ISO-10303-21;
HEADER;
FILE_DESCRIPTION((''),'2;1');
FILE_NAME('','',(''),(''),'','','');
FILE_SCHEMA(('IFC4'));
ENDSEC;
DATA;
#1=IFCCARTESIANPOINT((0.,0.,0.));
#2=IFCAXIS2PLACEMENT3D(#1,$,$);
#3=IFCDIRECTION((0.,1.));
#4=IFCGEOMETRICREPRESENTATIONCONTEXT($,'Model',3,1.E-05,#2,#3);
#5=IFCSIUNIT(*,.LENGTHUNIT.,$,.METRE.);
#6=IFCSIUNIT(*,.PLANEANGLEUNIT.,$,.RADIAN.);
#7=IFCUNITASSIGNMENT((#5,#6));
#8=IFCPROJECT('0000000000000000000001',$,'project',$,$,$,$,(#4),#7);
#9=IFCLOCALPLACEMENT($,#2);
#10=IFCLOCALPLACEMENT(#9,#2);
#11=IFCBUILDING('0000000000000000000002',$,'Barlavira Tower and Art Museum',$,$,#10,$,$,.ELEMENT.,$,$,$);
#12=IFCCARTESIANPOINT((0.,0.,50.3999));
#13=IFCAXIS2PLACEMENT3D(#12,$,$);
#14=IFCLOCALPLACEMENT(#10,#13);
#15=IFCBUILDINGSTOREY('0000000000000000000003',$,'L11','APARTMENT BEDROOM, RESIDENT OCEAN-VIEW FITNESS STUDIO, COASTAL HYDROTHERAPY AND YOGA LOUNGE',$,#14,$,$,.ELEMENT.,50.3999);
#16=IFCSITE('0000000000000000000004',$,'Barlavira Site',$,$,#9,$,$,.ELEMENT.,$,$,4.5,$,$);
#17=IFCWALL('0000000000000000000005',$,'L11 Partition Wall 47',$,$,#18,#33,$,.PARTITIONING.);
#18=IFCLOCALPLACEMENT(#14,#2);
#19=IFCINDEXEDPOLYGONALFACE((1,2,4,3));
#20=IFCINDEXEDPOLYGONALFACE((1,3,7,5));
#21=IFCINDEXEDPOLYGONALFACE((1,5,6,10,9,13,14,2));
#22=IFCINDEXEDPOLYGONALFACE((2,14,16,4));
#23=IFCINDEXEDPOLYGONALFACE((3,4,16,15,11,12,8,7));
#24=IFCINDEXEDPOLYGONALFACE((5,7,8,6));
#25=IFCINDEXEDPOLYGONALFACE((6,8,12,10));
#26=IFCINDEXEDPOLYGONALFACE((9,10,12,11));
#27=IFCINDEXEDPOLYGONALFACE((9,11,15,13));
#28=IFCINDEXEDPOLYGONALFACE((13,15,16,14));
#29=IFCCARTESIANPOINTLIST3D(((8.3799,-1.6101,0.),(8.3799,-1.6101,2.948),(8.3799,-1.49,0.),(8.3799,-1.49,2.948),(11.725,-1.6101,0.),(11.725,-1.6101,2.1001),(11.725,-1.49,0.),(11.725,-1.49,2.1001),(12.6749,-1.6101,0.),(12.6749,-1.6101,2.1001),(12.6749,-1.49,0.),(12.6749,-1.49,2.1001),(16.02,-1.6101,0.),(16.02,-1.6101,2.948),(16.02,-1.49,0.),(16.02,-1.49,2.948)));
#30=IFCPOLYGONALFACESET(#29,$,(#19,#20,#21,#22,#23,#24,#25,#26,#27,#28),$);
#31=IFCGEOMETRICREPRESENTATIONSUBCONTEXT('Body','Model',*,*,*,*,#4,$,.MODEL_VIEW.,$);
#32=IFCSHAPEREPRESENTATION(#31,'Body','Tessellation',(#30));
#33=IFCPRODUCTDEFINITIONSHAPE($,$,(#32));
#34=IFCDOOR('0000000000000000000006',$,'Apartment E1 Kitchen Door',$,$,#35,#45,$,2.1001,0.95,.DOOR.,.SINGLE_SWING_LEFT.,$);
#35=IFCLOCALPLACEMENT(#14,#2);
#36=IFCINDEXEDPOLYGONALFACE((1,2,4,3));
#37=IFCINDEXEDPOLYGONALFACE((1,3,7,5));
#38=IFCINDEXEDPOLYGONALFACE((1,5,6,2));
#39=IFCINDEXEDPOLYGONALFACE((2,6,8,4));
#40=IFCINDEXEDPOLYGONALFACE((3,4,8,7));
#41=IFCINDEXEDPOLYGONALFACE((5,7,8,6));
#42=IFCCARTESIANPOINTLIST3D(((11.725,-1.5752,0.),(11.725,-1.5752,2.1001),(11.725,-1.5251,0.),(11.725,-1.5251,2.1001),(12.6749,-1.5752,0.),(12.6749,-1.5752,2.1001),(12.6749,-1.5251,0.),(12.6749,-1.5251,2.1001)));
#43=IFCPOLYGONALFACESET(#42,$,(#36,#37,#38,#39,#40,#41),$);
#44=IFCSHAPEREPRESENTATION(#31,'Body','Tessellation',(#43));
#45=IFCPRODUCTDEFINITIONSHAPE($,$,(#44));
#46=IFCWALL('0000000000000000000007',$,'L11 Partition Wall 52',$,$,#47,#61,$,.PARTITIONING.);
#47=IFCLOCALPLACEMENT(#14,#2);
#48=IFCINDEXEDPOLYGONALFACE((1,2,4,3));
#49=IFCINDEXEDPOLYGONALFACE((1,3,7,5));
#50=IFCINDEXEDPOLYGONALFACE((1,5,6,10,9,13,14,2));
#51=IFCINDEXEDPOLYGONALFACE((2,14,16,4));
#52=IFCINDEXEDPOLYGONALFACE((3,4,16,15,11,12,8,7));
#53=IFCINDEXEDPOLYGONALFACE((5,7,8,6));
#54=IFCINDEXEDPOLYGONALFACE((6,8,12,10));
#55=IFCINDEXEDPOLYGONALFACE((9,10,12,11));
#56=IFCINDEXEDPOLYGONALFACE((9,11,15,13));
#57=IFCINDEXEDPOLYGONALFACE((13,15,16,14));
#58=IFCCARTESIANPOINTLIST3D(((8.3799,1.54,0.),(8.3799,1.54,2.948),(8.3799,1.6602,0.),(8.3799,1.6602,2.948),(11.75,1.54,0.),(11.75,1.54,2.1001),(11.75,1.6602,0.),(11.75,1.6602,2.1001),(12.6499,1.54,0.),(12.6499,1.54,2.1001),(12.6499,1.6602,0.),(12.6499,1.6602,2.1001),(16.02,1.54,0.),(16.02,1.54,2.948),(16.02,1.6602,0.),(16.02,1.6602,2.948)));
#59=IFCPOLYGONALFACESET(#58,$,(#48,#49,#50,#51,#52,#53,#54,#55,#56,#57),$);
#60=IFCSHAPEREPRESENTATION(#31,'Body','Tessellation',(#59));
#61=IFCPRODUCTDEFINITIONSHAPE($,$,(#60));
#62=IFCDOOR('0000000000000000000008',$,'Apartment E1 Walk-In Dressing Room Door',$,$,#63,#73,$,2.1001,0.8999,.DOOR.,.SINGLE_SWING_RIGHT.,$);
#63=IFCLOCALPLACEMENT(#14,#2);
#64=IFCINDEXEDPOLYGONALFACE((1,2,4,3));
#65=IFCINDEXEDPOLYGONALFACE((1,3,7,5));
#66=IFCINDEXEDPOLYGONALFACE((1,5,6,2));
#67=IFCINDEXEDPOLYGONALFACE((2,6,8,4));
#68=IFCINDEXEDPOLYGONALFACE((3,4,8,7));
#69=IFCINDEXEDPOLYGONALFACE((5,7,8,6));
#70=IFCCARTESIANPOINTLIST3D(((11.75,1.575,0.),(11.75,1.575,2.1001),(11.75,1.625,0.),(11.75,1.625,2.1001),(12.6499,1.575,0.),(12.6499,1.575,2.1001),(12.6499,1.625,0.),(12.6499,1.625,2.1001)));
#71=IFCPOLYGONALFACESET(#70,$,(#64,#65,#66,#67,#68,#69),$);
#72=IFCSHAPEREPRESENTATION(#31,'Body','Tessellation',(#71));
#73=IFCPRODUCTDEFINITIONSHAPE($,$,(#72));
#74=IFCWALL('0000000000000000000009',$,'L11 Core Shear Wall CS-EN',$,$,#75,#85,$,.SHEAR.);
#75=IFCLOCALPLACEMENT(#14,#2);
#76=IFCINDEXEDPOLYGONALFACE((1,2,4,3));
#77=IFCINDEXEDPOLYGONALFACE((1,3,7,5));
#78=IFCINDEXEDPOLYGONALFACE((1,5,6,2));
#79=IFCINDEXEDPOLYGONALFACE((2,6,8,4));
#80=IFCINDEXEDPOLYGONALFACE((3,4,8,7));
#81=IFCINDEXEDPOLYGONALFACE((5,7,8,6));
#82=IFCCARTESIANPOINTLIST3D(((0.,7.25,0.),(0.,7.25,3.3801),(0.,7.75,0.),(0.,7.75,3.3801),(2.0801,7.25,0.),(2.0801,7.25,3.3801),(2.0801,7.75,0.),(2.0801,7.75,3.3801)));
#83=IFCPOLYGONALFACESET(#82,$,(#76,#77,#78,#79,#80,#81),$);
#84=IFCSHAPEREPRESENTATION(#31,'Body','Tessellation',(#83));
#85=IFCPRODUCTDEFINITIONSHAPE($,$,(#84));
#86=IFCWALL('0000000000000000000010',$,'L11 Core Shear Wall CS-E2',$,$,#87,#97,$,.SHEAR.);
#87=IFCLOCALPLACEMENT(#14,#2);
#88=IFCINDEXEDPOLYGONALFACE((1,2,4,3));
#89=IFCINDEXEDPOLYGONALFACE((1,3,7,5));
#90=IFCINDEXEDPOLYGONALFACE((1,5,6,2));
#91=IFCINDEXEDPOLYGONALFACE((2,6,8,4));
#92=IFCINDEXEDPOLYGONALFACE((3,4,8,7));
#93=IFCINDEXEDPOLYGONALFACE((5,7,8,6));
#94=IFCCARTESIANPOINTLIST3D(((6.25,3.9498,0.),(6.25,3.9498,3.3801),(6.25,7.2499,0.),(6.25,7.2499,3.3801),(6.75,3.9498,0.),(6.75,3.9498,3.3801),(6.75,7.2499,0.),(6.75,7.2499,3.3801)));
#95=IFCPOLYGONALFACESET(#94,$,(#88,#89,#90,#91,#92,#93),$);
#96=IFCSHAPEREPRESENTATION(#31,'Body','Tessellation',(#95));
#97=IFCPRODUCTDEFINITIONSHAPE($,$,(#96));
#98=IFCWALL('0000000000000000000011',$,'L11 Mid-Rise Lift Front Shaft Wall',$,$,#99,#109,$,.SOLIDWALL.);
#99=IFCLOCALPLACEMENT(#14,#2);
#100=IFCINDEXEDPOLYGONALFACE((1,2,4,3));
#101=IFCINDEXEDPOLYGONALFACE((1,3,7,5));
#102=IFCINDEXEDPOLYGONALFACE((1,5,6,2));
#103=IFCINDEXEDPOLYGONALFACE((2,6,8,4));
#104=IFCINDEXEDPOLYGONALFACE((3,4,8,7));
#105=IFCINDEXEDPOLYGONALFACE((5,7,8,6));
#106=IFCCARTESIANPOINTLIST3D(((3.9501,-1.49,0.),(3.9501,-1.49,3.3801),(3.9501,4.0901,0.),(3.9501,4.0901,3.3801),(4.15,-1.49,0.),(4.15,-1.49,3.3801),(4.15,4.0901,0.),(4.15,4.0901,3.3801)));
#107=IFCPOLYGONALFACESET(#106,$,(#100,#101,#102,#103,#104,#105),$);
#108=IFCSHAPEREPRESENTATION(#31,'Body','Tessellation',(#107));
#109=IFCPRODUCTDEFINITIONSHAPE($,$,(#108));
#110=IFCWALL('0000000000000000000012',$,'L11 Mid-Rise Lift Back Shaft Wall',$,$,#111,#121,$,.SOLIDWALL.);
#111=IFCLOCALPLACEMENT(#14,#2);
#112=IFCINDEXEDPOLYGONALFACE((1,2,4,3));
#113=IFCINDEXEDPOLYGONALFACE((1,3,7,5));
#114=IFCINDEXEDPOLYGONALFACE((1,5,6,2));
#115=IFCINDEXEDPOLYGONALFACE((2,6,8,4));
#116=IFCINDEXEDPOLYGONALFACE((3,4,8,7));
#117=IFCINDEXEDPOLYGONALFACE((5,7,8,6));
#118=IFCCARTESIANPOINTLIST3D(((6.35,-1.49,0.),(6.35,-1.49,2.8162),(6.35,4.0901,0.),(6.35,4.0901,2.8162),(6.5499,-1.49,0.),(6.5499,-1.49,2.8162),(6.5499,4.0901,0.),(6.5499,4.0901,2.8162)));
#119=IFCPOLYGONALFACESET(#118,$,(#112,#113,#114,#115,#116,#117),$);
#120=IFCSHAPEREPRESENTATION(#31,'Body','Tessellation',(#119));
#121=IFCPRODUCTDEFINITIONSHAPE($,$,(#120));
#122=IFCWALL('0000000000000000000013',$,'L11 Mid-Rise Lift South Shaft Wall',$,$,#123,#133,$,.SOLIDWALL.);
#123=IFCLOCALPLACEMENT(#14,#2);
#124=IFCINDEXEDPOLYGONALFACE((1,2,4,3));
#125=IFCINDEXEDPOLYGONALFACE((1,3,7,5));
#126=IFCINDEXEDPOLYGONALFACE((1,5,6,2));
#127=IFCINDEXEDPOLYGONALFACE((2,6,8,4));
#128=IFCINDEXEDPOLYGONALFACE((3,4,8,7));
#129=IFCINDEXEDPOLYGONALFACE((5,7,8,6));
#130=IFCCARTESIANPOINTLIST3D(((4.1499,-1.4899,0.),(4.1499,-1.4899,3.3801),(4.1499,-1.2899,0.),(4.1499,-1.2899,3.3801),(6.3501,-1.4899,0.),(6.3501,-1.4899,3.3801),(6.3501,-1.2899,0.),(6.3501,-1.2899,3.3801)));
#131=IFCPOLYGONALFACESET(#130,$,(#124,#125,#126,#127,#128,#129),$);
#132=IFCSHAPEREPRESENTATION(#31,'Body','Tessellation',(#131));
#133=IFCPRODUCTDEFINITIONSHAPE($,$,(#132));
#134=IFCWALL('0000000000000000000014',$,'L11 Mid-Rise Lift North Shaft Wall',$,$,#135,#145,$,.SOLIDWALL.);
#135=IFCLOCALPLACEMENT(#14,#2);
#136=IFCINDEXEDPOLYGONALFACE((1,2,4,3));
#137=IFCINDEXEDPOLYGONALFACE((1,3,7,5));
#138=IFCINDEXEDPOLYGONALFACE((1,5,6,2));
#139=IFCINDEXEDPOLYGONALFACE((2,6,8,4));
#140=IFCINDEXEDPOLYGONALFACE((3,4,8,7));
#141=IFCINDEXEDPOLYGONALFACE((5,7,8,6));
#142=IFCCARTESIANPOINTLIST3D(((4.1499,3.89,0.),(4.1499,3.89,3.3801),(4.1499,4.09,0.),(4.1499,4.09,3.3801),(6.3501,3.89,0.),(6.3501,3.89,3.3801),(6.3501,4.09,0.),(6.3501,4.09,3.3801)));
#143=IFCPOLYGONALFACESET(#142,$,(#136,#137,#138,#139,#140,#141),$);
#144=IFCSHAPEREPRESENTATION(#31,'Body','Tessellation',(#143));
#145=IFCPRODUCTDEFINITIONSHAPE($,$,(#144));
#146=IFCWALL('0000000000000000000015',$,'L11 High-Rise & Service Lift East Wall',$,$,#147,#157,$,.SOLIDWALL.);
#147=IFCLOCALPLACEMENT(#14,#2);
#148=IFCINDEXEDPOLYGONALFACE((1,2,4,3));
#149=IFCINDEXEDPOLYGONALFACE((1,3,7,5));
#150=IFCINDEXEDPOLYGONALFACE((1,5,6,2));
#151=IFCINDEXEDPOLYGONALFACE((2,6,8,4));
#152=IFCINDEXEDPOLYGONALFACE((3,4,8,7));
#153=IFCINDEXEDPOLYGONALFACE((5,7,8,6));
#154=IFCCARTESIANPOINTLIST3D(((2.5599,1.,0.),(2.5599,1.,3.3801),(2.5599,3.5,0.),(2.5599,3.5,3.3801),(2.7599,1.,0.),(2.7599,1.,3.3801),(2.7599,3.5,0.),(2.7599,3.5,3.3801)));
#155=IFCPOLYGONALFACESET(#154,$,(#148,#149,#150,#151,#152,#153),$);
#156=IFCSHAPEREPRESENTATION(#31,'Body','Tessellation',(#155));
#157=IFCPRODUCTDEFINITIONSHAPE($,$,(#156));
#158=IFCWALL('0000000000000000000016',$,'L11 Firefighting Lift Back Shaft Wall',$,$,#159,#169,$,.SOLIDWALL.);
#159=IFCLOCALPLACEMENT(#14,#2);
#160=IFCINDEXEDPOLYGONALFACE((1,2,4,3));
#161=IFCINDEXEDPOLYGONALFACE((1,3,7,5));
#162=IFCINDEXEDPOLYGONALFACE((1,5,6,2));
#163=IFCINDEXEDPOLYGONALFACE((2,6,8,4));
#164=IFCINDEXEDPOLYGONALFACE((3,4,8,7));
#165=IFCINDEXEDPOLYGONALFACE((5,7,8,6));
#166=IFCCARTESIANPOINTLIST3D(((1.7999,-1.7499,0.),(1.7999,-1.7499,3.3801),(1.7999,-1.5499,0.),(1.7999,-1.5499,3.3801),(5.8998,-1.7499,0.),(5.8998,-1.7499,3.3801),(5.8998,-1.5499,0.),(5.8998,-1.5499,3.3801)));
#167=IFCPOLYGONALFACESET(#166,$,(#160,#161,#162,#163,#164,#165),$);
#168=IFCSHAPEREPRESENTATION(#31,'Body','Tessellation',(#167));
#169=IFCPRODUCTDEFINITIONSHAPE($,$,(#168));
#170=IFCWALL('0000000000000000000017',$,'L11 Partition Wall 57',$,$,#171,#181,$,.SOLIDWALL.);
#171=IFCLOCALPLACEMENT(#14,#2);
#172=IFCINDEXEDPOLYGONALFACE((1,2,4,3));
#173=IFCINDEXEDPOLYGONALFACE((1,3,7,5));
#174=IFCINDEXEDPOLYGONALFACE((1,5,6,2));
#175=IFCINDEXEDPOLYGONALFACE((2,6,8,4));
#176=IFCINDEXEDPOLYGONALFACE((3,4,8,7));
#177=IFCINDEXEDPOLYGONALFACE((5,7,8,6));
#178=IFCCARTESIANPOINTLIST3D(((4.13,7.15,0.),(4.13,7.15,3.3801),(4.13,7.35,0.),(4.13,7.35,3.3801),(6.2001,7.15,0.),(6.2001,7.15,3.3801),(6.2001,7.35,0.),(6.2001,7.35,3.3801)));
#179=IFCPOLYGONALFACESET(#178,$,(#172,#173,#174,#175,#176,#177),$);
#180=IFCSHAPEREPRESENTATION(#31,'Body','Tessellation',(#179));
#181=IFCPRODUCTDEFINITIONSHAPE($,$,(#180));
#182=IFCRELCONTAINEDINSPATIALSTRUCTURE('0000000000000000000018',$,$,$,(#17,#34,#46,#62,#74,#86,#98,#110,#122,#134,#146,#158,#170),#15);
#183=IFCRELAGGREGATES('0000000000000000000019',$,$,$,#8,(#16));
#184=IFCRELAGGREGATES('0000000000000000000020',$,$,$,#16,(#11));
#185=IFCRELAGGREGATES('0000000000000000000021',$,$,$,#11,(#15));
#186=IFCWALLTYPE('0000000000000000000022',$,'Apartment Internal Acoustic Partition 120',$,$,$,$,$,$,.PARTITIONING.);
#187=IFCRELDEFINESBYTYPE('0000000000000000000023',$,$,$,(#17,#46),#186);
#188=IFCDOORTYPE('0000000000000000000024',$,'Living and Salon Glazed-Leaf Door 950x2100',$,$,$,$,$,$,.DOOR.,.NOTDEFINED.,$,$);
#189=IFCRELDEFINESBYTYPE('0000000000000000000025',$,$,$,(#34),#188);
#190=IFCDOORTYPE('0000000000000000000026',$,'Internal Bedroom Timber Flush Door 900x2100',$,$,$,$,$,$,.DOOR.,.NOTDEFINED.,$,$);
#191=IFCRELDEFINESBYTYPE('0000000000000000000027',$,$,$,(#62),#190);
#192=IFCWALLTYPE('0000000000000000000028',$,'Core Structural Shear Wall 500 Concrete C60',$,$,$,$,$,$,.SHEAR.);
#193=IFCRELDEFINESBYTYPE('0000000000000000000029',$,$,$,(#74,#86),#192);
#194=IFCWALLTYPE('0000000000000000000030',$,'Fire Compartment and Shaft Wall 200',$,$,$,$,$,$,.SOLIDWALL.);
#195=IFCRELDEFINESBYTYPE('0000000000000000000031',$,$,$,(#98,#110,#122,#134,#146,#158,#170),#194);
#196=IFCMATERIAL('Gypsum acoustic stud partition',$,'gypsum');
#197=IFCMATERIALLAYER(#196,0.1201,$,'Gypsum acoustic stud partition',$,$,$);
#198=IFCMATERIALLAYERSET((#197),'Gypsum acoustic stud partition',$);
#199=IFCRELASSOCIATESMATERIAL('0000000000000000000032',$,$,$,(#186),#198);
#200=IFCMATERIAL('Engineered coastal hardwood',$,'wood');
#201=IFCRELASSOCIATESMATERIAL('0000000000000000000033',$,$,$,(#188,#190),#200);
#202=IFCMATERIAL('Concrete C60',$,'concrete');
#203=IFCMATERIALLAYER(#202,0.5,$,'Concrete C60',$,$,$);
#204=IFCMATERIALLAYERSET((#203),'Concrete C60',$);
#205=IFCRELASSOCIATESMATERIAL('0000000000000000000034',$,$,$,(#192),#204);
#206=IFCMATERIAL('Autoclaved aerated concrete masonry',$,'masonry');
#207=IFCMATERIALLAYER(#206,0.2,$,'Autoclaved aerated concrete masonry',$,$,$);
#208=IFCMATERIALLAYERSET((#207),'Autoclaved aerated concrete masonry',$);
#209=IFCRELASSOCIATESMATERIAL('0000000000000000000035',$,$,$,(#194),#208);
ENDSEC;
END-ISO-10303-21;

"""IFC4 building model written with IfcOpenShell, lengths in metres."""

from ifc_helpers import new_model, si_unit, direction, frame, frame_2d, origin, place, context, subcontext, project, spatial, rectangle, extrude, material, layer, layer_set, type_object, element, fill, save


model = new_model("IFC4")

# Units and contexts
model_context = context("Model", 3, precision=1e-05, world=origin(), true_north=direction((0.0, 1.0)))
body_context = subcontext(model_context, "Body", "Model", "MODEL_VIEW")
ifc_project = project(units=[si_unit("LENGTHUNIT", "METRE"), si_unit("PLANEANGLEUNIT", "RADIAN")], contexts=[model_context])

# Site, building, storey
site_placement = place(None, origin())
site = spatial("IfcSite", under=ifc_project, at=site_placement, Name="Barlavira Site", CompositionType="ELEMENT", RefElevation=4.5)
building_placement = place(site_placement, origin())
building = spatial("IfcBuilding", under=site, at=building_placement, Name="Barlavira Tower and Art Museum", CompositionType="ELEMENT")
storey_placement = place(building_placement, frame((0.0, 0.0, 50.3999)))
storey = spatial("IfcBuildingStorey", under=building, at=storey_placement, Name="L11", Description="APARTMENT BEDROOM, RESIDENT OCEAN-VIEW FITNESS STUDIO, COASTAL HYDROTHERAPY AND YOGA LOUNGE", CompositionType="ELEMENT", Elevation=50.3999)

# Walls, openings, doors
ifc_material_1 = material(Name="Gypsum acoustic stud partition", Category="gypsum")
ifc_layer_1 = layer(ifc_material_1, 0.1201, Name="Gypsum acoustic stud partition")
ifc_layer_set_1 = layer_set([ifc_layer_1], Name="Gypsum acoustic stud partition")
wall_type_1 = type_object("IfcWallType", Name="Apartment Internal Acoustic Partition 120", PredefinedType="PARTITIONING", material=ifc_layer_set_1)
wall_1_placement = place(storey_placement, frame((8.3799, -1.55, 0.0), z_axis=(0.0, 0.0, 1.0), x_axis=(1.0, 0.0, 0.0)))
wall_1 = element("IfcWall", 1, at=wall_1_placement, inside=storey, type_object=wall_type_1, Name="L11 Partition Wall 47", PredefinedType="PARTITIONING", context=body_context, shape_type="SweptSolid", body=[
    extrude(rectangle(XDim=7.6401, YDim=0.1201, at=frame_2d((3.8201, 0.0))), origin(), (0.0, 0.0, 1.0), 2.948),
])
opening_1_placement = place(wall_1_placement, frame((3.345, 0.0, 0.0)))
opening_1 = element("IfcOpeningElement", 2, at=opening_1_placement, cuts=wall_1, PredefinedType="OPENING", context=body_context, shape_type="SweptSolid", body=[
    extrude(rectangle(XDim=0.95, YDim=2.1001, at=frame_2d((0.4751, 1.05))), frame((0.0, 0.0701, 0.0), z_axis=(0.0, -1.0, 0.0), x_axis=(1.0, 0.0, 0.0)), (0.0, 0.0, 1.0), 0.1401),
])
ifc_material_2 = material(Name="Engineered coastal hardwood", Category="wood")
door_type_1 = type_object("IfcDoorType", Name="Living and Salon Glazed-Leaf Door 950x2100", OperationType="NOTDEFINED", PredefinedType="DOOR", material=ifc_material_2)
door_1_placement = place(opening_1_placement, origin())
door_1 = element("IfcDoor", 3, at=door_1_placement, inside=storey, type_object=door_type_1, Name="Apartment E1 Kitchen Door", OperationType="SINGLE_SWING_LEFT", OverallHeight=2.1001, OverallWidth=0.95, PredefinedType="DOOR", context=body_context, shape_type="SweptSolid", body=[
    extrude(rectangle(XDim=0.95, YDim=2.1001, at=frame_2d((0.4751, 1.05))), frame((0.0, 0.0249, 0.0), z_axis=(0.0, -1.0, 0.0), x_axis=(1.0, 0.0, 0.0)), (0.0, 0.0, 1.0), 0.05),
])
fill(opening_1, door_1)
wall_2_placement = place(storey_placement, frame((8.3799, 1.6001, 0.0), z_axis=(0.0, 0.0, 1.0), x_axis=(1.0, 0.0, 0.0)))
wall_2 = element("IfcWall", 4, at=wall_2_placement, inside=storey, type_object=wall_type_1, Name="L11 Partition Wall 52", PredefinedType="PARTITIONING", context=body_context, shape_type="SweptSolid", body=[
    extrude(rectangle(XDim=7.6401, YDim=0.1201, at=frame_2d((3.8201, 0.0))), origin(), (0.0, 0.0, 1.0), 2.948),
])
opening_2_placement = place(wall_2_placement, frame((3.3701, 0.0, 0.0)))
opening_2 = element("IfcOpeningElement", 5, at=opening_2_placement, cuts=wall_2, PredefinedType="OPENING", context=body_context, shape_type="SweptSolid", body=[
    extrude(rectangle(XDim=0.8999, YDim=2.1001, at=frame_2d((0.45, 1.05))), frame((0.0, 0.0701, 0.0), z_axis=(0.0, -1.0, 0.0), x_axis=(1.0, 0.0, 0.0)), (0.0, 0.0, 1.0), 0.1401),
])
door_type_2 = type_object("IfcDoorType", Name="Internal Bedroom Timber Flush Door 900x2100", OperationType="NOTDEFINED", PredefinedType="DOOR", material=ifc_material_2)
door_2_placement = place(opening_2_placement, origin())
door_2 = element("IfcDoor", 6, at=door_2_placement, inside=storey, type_object=door_type_2, Name="Apartment E1 Walk-In Dressing Room Door", OperationType="SINGLE_SWING_RIGHT", OverallHeight=2.1001, OverallWidth=0.8999, PredefinedType="DOOR", context=body_context, shape_type="SweptSolid", body=[
    extrude(rectangle(XDim=0.8999, YDim=2.1001, at=frame_2d((0.45, 1.05))), frame((0.0, 0.0249, 0.0), z_axis=(0.0, -1.0, 0.0), x_axis=(1.0, 0.0, 0.0)), (0.0, 0.0, 1.0), 0.05),
])
fill(opening_2, door_2)

# Walls
ifc_material_3 = material(Name="Concrete C60", Category="concrete")
ifc_layer_2 = layer(ifc_material_3, 0.5, Name="Concrete C60")
ifc_layer_set_2 = layer_set([ifc_layer_2], Name="Concrete C60")
wall_type_2 = type_object("IfcWallType", Name="Core Structural Shear Wall 500 Concrete C60", PredefinedType="SHEAR", material=ifc_layer_set_2)
wall_3_placement = place(storey_placement, frame((0.0, 7.5, 0.0), z_axis=(0.0, 0.0, 1.0), x_axis=(1.0, 0.0, 0.0)))
element("IfcWall", 7, at=wall_3_placement, inside=storey, type_object=wall_type_2, Name="L11 Core Shear Wall CS-EN", PredefinedType="SHEAR", context=body_context, shape_type="SweptSolid", body=[
    extrude(rectangle(XDim=2.0801, YDim=0.5, at=frame_2d((1.04, 0.0))), origin(), (0.0, 0.0, 1.0), 3.3801),
])
wall_4_placement = place(storey_placement, frame((6.5, 3.95, 0.0), z_axis=(0.0, 0.0, 1.0), x_axis=(0.0, 1.0, 0.0)))
element("IfcWall", 8, at=wall_4_placement, inside=storey, type_object=wall_type_2, Name="L11 Core Shear Wall CS-E2", PredefinedType="SHEAR", context=body_context, shape_type="SweptSolid", body=[
    extrude(rectangle(XDim=3.3, YDim=0.5, at=frame_2d((1.6499, 0.0))), origin(), (0.0, 0.0, 1.0), 3.3801),
])
ifc_material_4 = material(Name="Autoclaved aerated concrete masonry", Category="masonry")
ifc_layer_3 = layer(ifc_material_4, 0.2, Name="Autoclaved aerated concrete masonry")
ifc_layer_set_3 = layer_set([ifc_layer_3], Name="Autoclaved aerated concrete masonry")
wall_type_3 = type_object("IfcWallType", Name="Fire Compartment and Shaft Wall 200", PredefinedType="SOLIDWALL", material=ifc_layer_set_3)
wall_5_placement = place(storey_placement, frame((4.05, -1.49, 0.0), z_axis=(0.0, 0.0, 1.0), x_axis=(0.0, 1.0, 0.0)))
element("IfcWall", 9, at=wall_5_placement, inside=storey, type_object=wall_type_3, Name="L11 Mid-Rise Lift Front Shaft Wall", PredefinedType="SOLIDWALL", context=body_context, shape_type="SweptSolid", body=[
    extrude(rectangle(XDim=5.5801, YDim=0.2, at=frame_2d((2.79, 0.0))), origin(), (0.0, 0.0, 1.0), 3.3801),
])
wall_6_placement = place(storey_placement, frame((6.45, -1.49, 0.0), z_axis=(0.0, 0.0, 1.0), x_axis=(0.0, 1.0, 0.0)))
element("IfcWall", 10, at=wall_6_placement, inside=storey, type_object=wall_type_3, Name="L11 Mid-Rise Lift Back Shaft Wall", PredefinedType="SOLIDWALL", context=body_context, shape_type="SweptSolid", body=[
    extrude(rectangle(XDim=5.5801, YDim=0.2, at=frame_2d((2.79, 0.0))), origin(), (0.0, 0.0, 1.0), 2.8162),
])
for number, where, z_axis, x_axis, name in (
    (11, (4.1499, -1.3899, 0.0), (0.0, 0.0, 1.0), (1.0, 0.0, 0.0), "L11 Mid-Rise Lift South Shaft Wall"),
    (12, (4.1499, 3.99, 0.0), (0.0, 0.0, 1.0), (1.0, 0.0, 0.0), "L11 Mid-Rise Lift North Shaft Wall"),
):
    element("IfcWall", number, at=place(storey_placement, frame(where, z_axis=z_axis, x_axis=x_axis)), inside=storey, type_object=wall_type_3, Name=name, PredefinedType="SOLIDWALL", context=body_context, shape_type="SweptSolid", body=[
        extrude(rectangle(XDim=2.2002, YDim=0.2, at=frame_2d((1.1001, 0.0))), origin(), (0.0, 0.0, 1.0), 3.3801),
    ])
wall_7_placement = place(storey_placement, frame((2.6599, 1.0, 0.0), z_axis=(0.0, 0.0, 1.0), x_axis=(0.0, 1.0, 0.0)))
element("IfcWall", 13, at=wall_7_placement, inside=storey, type_object=wall_type_3, Name="L11 High-Rise & Service Lift East Wall", PredefinedType="SOLIDWALL", context=body_context, shape_type="SweptSolid", body=[
    extrude(rectangle(XDim=2.5, YDim=0.2, at=frame_2d((1.25, 0.0))), origin(), (0.0, 0.0, 1.0), 3.3801),
])
wall_8_placement = place(storey_placement, frame((1.8, -1.6499, 0.0), z_axis=(0.0, 0.0, 1.0), x_axis=(1.0, 0.0, 0.0)))
element("IfcWall", 14, at=wall_8_placement, inside=storey, type_object=wall_type_3, Name="L11 Firefighting Lift Back Shaft Wall", PredefinedType="SOLIDWALL", context=body_context, shape_type="SweptSolid", body=[
    extrude(rectangle(XDim=4.0999, YDim=0.2, at=frame_2d((2.0498, 0.0))), origin(), (0.0, 0.0, 1.0), 3.3801),
])

# Wall
wall_9_placement = place(storey_placement, frame((4.1299, 7.25, 0.0), z_axis=(0.0, 0.0, 1.0), x_axis=(1.0, 0.0, 0.0)))
element("IfcWall", 15, at=wall_9_placement, inside=storey, type_object=wall_type_3, Name="L11 Partition Wall 57", PredefinedType="SOLIDWALL", context=body_context, shape_type="SweptSolid", body=[
    extrude(rectangle(XDim=2.0701, YDim=0.2, at=frame_2d((1.0352, 0.0))), origin(), (0.0, 0.0, 1.0), 3.3801),
])

save(model, "model.ifc")
